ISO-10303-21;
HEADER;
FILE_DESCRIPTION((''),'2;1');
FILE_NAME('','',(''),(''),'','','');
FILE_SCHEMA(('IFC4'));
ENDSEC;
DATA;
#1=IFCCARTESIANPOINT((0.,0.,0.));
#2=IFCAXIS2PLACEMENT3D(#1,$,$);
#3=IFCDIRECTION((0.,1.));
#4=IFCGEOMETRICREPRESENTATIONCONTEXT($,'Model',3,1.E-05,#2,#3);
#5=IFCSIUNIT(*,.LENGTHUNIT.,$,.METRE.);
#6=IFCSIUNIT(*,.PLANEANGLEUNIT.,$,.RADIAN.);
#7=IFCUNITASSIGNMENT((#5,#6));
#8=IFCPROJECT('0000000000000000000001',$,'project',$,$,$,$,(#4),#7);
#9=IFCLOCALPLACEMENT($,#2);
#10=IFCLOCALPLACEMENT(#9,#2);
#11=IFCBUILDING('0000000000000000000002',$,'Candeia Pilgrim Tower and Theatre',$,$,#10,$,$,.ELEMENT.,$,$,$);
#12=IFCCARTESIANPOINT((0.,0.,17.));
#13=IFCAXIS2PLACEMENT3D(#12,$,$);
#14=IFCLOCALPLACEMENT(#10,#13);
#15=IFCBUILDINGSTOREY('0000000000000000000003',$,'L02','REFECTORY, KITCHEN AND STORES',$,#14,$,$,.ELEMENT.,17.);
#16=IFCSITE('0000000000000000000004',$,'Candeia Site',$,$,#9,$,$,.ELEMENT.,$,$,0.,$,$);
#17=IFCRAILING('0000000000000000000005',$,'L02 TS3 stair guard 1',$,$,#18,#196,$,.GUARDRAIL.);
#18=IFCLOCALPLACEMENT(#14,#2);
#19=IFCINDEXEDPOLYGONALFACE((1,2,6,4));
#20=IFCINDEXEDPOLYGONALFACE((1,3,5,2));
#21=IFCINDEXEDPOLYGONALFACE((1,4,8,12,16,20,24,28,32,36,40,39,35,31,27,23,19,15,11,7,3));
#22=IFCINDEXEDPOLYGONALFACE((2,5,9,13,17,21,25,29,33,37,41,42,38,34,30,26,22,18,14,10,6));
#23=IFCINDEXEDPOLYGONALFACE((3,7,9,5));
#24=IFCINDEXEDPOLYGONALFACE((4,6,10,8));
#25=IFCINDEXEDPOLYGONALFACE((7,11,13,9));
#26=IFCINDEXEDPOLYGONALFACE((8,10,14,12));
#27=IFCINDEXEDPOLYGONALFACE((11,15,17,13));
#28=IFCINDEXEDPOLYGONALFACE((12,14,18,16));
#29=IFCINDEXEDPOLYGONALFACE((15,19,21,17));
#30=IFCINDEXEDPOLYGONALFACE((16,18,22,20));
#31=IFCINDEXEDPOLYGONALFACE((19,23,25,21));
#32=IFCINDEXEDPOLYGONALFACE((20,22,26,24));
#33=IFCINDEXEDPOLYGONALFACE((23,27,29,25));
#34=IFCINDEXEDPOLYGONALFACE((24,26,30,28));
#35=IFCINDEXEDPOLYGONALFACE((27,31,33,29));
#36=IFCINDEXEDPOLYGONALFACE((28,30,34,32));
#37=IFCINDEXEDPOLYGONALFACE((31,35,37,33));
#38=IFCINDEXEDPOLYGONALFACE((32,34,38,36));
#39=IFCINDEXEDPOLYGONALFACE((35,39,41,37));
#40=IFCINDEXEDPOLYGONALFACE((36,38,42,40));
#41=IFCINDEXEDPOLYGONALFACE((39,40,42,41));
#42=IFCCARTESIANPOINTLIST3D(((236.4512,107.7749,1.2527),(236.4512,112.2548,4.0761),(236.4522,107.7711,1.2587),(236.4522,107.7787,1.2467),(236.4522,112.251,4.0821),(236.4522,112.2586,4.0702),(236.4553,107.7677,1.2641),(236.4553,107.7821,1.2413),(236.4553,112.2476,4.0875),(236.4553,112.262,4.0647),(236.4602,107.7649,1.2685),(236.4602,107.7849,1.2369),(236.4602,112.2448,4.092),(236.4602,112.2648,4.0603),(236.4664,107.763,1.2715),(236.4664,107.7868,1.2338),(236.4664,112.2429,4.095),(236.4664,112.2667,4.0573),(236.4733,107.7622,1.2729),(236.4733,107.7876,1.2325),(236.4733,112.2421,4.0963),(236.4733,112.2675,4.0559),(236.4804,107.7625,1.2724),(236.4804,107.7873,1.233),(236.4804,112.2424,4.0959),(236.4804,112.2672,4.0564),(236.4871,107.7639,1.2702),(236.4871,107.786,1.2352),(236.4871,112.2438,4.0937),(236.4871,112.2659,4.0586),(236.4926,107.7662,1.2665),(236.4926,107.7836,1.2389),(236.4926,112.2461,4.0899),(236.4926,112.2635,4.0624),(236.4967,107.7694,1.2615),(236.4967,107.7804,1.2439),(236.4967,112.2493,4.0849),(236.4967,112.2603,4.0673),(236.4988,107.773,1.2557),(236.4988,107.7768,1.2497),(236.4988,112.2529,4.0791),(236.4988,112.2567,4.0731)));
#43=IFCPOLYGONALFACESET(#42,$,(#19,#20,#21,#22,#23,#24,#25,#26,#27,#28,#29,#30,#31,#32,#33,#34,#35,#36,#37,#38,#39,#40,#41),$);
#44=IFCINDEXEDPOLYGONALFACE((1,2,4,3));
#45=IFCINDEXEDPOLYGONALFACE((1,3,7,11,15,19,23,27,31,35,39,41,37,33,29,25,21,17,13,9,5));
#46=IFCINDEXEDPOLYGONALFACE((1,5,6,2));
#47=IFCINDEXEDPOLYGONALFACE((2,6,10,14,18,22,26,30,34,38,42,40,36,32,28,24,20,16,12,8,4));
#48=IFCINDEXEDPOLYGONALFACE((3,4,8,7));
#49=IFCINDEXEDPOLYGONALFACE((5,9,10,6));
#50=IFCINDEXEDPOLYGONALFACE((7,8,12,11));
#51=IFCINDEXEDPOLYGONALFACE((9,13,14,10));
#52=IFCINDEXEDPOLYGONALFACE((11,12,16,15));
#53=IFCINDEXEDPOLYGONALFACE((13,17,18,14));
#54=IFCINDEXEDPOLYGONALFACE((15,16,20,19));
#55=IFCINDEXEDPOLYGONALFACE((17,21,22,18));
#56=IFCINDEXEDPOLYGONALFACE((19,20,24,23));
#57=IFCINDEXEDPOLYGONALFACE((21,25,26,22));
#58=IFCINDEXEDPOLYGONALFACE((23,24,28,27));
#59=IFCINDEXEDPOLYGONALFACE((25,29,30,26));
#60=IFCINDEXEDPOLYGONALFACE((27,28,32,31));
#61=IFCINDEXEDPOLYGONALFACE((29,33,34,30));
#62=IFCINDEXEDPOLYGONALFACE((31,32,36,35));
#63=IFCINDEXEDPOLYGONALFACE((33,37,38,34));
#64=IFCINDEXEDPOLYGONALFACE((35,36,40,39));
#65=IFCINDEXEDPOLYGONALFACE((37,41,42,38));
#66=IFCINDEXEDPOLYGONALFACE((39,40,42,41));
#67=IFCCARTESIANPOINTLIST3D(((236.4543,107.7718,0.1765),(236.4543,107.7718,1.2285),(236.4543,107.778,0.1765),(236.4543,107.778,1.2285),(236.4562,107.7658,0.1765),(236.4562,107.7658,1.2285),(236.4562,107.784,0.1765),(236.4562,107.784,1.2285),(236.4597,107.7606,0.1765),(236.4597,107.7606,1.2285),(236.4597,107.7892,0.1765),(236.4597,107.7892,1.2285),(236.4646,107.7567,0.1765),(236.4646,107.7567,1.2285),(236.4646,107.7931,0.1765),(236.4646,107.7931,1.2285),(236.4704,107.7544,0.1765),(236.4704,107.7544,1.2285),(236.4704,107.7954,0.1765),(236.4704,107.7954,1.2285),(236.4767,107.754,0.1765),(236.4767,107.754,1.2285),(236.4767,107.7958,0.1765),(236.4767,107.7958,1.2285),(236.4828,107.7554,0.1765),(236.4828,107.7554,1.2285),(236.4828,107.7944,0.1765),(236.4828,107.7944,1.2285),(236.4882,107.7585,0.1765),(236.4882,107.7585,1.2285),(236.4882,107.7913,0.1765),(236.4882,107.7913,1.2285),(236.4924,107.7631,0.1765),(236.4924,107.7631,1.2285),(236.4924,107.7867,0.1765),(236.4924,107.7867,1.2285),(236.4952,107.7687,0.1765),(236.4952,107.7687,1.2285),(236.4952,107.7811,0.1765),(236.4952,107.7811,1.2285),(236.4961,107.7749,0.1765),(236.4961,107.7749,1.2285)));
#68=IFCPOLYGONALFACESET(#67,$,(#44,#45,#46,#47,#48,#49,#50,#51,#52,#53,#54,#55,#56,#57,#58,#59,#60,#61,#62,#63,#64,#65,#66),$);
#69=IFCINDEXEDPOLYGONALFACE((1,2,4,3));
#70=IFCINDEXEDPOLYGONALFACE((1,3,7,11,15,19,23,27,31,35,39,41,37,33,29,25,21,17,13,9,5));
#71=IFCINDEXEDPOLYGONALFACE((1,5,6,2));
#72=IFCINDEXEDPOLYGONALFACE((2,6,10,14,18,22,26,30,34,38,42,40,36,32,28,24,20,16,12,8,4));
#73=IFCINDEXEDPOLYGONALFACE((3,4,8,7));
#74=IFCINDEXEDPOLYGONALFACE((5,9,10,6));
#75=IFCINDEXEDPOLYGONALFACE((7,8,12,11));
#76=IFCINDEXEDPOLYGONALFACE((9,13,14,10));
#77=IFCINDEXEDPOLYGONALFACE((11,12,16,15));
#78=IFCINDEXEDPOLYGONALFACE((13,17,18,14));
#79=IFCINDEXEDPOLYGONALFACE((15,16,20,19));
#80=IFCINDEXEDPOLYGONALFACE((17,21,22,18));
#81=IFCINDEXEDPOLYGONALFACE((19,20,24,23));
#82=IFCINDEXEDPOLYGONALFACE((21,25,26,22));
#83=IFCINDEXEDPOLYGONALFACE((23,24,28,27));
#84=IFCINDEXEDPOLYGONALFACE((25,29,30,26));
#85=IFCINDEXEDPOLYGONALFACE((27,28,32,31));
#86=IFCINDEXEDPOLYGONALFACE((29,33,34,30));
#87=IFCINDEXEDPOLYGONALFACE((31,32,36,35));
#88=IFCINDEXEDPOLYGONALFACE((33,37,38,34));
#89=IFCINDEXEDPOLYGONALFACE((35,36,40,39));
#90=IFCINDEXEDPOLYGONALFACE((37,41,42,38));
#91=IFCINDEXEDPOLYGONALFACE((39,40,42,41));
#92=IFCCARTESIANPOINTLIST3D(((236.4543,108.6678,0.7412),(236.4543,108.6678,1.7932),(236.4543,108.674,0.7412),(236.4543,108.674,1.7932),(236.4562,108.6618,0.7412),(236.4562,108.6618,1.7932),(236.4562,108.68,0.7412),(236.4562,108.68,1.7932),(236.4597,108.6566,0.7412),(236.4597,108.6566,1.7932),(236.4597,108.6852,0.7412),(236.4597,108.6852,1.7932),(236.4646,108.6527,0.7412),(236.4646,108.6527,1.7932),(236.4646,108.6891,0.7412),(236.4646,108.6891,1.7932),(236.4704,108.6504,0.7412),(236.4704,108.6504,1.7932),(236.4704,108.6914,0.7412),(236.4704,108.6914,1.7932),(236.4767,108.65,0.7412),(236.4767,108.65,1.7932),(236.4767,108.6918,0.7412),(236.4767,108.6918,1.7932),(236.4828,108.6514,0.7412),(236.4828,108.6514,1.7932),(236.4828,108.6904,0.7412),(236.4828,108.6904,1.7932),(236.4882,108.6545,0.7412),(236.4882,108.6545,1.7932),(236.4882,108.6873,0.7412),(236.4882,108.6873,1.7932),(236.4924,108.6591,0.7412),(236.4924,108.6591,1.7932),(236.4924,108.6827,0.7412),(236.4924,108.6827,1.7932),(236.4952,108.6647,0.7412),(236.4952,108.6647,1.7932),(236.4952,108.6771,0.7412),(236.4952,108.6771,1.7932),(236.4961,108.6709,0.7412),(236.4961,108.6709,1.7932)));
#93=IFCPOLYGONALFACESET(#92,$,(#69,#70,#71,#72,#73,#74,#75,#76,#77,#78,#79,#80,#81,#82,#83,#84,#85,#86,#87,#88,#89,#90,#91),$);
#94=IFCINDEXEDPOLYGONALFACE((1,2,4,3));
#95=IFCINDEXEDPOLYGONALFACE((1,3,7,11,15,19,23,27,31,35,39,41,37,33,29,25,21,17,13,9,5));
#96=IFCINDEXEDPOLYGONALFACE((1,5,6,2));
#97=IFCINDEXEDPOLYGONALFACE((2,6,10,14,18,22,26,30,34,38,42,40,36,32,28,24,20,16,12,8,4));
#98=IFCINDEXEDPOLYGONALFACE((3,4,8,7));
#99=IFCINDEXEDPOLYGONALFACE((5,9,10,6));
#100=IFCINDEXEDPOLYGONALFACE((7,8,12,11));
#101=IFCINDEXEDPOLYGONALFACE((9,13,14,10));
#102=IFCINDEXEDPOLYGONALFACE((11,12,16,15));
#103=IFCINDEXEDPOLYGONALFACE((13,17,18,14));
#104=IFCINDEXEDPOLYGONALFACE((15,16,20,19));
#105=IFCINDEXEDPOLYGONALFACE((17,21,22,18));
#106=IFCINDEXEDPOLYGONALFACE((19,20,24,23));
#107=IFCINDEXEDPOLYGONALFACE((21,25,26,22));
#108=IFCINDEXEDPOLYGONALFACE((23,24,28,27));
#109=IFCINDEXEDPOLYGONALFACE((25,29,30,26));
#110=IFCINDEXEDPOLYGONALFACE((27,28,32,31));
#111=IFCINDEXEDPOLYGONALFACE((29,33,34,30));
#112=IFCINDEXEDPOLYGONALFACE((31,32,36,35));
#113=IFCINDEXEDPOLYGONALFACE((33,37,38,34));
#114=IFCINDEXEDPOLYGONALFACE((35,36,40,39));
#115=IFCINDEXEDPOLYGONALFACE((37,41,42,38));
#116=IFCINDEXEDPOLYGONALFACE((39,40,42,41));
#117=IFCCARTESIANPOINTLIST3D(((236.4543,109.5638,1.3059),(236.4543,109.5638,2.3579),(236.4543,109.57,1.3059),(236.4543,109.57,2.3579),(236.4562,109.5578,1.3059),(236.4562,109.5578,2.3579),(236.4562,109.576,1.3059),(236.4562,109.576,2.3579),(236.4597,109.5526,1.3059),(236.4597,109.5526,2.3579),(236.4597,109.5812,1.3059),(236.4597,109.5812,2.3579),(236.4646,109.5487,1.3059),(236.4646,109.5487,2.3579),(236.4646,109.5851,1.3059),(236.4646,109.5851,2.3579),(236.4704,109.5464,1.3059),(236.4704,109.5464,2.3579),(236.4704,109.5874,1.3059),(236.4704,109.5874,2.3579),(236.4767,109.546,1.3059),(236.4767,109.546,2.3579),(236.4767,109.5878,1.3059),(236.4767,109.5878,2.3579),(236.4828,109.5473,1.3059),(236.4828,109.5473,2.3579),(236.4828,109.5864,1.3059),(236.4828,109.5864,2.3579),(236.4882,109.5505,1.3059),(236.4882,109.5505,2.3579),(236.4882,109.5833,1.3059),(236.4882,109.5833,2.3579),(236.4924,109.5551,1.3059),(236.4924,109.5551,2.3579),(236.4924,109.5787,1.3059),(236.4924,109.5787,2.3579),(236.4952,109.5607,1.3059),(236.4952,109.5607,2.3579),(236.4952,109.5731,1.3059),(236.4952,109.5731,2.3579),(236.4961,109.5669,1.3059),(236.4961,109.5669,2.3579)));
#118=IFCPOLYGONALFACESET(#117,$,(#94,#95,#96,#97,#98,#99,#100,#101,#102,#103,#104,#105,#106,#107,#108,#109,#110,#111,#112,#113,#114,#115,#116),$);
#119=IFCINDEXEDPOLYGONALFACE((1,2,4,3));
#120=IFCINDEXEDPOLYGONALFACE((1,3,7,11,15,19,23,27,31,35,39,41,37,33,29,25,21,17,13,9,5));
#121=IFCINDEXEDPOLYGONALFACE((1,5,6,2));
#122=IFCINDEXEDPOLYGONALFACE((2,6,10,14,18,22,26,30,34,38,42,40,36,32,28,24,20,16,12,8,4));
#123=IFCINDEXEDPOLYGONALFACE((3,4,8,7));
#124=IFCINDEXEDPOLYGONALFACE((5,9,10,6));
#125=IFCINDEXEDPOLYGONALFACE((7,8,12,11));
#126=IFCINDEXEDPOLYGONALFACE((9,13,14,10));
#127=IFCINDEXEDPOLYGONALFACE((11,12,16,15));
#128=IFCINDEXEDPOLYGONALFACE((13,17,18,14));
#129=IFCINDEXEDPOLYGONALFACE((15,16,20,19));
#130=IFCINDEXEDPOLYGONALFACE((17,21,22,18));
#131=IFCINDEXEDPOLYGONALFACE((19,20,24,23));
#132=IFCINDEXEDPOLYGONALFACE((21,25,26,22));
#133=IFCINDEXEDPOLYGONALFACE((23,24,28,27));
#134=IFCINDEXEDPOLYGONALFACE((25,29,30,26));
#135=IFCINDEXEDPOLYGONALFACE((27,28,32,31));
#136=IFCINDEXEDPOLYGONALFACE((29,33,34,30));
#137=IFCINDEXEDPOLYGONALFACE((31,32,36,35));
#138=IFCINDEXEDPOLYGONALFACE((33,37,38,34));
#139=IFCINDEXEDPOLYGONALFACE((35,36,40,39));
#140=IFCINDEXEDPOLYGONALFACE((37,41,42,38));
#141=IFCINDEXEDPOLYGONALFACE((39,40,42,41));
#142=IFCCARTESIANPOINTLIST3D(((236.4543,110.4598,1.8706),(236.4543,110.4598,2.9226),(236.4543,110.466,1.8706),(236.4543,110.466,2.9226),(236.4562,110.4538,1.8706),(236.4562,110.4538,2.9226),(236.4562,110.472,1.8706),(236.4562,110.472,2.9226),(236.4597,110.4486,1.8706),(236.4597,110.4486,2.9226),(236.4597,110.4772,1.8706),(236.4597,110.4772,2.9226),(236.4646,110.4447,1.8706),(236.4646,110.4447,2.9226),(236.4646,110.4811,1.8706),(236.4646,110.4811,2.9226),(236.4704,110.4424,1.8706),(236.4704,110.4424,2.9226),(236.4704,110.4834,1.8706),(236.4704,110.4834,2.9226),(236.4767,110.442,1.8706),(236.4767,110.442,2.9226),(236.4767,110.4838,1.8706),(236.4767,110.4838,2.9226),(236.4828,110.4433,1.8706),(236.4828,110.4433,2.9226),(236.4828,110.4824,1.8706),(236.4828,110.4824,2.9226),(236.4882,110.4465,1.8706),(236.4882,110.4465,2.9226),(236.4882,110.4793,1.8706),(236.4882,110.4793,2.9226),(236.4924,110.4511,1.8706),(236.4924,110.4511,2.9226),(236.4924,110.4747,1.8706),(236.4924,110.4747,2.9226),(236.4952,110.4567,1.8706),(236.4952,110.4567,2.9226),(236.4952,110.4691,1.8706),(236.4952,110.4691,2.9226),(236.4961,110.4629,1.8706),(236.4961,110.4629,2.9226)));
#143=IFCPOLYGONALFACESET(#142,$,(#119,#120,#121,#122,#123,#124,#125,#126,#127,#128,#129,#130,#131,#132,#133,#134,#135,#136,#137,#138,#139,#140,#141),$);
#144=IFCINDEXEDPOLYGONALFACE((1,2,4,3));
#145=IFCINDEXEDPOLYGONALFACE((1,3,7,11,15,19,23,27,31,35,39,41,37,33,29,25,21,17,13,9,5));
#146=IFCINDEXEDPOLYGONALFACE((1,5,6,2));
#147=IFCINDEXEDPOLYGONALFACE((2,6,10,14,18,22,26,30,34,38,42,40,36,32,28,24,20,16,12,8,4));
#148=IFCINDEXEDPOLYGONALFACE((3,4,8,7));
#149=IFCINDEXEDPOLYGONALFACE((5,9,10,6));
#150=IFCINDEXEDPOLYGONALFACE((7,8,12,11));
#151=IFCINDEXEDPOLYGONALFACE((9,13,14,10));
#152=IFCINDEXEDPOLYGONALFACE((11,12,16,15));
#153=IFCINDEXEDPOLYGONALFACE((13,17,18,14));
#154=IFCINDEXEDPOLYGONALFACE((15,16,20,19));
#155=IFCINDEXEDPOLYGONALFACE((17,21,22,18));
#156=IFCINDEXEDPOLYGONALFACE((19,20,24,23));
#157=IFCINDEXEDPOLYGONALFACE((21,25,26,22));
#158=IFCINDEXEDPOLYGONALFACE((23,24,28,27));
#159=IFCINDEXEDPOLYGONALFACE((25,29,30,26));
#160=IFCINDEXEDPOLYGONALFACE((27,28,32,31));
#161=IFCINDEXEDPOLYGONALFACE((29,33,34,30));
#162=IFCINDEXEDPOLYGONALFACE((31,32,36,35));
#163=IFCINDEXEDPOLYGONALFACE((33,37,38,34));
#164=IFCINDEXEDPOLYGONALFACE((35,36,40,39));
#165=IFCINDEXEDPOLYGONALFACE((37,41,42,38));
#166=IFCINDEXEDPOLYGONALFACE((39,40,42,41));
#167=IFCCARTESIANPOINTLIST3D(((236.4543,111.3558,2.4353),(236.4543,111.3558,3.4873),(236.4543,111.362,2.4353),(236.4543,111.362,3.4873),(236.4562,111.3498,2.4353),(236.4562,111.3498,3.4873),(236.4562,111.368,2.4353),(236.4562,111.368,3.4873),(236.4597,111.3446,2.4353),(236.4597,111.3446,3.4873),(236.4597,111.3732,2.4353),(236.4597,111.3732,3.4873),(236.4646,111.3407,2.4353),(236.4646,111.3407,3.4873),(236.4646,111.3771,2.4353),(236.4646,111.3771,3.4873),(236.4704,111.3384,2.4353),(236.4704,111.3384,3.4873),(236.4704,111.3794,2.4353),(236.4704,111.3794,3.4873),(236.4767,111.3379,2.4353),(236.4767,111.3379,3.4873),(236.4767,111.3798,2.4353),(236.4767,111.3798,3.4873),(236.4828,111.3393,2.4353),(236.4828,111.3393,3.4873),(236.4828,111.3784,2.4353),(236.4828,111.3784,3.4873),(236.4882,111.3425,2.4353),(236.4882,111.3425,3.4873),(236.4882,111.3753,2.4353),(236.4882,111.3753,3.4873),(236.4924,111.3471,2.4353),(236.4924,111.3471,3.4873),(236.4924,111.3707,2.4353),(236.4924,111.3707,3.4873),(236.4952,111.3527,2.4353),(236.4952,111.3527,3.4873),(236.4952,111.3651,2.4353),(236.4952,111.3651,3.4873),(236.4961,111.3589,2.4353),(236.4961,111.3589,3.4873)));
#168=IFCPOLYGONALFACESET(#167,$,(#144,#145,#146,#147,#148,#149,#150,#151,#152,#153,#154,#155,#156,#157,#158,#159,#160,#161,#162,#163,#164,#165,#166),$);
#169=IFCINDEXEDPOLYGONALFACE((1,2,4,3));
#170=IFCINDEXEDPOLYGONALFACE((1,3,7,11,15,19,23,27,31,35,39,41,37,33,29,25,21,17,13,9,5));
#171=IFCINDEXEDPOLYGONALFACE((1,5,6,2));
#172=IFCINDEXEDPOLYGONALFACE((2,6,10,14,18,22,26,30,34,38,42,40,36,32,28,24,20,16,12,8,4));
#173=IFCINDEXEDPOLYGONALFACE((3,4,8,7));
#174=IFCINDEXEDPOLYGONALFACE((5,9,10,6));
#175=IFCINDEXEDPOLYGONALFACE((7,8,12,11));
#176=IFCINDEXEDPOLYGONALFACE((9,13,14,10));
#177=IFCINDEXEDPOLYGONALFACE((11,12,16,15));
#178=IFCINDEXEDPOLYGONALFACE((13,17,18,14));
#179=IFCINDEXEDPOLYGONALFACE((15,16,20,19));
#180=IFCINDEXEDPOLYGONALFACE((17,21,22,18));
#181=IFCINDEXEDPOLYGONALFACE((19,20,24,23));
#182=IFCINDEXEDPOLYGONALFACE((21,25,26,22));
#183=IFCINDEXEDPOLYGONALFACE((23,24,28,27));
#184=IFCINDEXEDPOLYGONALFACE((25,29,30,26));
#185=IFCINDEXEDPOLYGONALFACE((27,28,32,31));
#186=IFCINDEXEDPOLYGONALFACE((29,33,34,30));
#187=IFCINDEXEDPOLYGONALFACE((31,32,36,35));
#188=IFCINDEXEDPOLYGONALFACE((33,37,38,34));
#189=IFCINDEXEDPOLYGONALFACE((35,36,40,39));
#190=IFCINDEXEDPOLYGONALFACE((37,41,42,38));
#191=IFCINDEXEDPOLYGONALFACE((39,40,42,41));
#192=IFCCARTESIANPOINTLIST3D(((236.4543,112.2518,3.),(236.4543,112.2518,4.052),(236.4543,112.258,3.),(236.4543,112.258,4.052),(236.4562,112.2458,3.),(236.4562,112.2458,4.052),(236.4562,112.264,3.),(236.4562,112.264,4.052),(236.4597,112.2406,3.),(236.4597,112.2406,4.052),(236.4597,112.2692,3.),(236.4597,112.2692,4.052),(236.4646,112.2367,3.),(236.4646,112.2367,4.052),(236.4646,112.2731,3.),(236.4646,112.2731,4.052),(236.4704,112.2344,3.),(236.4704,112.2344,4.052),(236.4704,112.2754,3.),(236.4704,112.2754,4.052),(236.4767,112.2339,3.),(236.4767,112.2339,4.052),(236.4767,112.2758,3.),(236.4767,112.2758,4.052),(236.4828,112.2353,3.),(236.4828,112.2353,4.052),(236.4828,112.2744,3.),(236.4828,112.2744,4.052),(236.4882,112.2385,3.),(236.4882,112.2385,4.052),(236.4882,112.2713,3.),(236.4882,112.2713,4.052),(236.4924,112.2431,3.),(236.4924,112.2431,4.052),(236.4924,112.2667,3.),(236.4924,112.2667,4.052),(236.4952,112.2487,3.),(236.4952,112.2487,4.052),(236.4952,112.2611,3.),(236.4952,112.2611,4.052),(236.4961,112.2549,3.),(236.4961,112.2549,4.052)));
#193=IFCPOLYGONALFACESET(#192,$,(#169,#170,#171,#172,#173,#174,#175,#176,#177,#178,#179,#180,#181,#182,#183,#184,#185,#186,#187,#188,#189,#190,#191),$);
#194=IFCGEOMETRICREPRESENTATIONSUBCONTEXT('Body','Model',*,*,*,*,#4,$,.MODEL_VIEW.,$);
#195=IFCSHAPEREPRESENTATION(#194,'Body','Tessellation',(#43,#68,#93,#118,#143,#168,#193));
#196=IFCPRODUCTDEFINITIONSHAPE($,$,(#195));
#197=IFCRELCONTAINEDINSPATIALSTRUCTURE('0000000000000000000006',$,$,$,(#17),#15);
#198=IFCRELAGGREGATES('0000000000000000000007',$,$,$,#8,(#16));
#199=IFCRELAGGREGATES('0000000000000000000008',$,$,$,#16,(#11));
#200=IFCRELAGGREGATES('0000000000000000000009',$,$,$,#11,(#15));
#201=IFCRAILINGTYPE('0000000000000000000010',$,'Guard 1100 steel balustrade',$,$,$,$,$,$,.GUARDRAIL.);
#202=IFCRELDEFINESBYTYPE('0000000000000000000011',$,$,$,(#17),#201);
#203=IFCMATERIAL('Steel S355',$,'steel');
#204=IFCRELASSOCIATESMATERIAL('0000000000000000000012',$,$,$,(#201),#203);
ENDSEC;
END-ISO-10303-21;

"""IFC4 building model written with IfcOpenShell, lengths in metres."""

from ifc_helpers import new_model, si_unit, direction, frame, origin, origin_2d, place, context, subcontext, project, spatial, circle, extrude, material, type_object, element, save


model = new_model("IFC4")

# Units and contexts
model_context = context("Model", 3, precision=1e-05, world=origin(), true_north=direction((0.0, 1.0)))
body_context = subcontext(model_context, "Body", "Model", "MODEL_VIEW")
ifc_project = project(units=[si_unit("LENGTHUNIT", "METRE"), si_unit("PLANEANGLEUNIT", "RADIAN")], contexts=[model_context])

# Site, building, storey
site_placement = place(None, origin())
site = spatial("IfcSite", under=ifc_project, at=site_placement, Name="Candeia Site", CompositionType="ELEMENT", RefElevation=0.0)
building_placement = place(site_placement, origin())
building = spatial("IfcBuilding", under=site, at=building_placement, Name="Candeia Pilgrim Tower and Theatre", CompositionType="ELEMENT")
storey_placement = place(building_placement, frame((0.0, 0.0, 17.0)))
storey = spatial("IfcBuildingStorey", under=building, at=storey_placement, Name="L02", Description="REFECTORY, KITCHEN AND STORES", CompositionType="ELEMENT", Elevation=17.0)

# Railing
ifc_material_1 = material(Name="Steel S355", Category="steel")
railing_type_1 = type_object("IfcRailingType", Name="Guard 1100 steel balustrade", PredefinedType="GUARDRAIL", material=ifc_material_1)
railing_1_placement = place(storey_placement, frame((236.4751, 107.7749, 0.1765)))
element("IfcRailing", 1, at=railing_1_placement, inside=storey, type_object=railing_type_1, Name="L02 TS3 stair guard 1", PredefinedType="GUARDRAIL", context=body_context, shape_type="SweptSolid", body=[
    extrude(circle(Radius=0.0239, at=origin_2d()), frame((0.0, 0.0, 1.0762), z_axis=(0.0, 0.845998, 0.533186), x_axis=(-1.0, 0.0, 0.0)), (0.0, 0.0, 1.0), 5.2954),
    extrude(circle(Radius=0.021, at=origin_2d()), origin(), (0.0, 0.0, 1.0), 1.052),
    extrude(circle(Radius=0.021, at=origin_2d()), frame((0.0, 0.896, 0.5647)), (0.0, 0.0, 1.0), 1.052),
    extrude(circle(Radius=0.021, at=origin_2d()), frame((0.0, 1.792, 1.1294)), (0.0, 0.0, 1.0), 1.052),
    extrude(circle(Radius=0.021, at=origin_2d()), frame((0.0, 2.688, 1.6941)), (0.0, 0.0, 1.0), 1.052),
    extrude(circle(Radius=0.021, at=origin_2d()), frame((0.0, 3.584, 2.2588)), (0.0, 0.0, 1.0), 1.052),
    extrude(circle(Radius=0.021, at=origin_2d()), frame((0.0, 4.48, 2.8235)), (0.0, 0.0, 1.0), 1.052),
])

save(model, "model.ifc")
